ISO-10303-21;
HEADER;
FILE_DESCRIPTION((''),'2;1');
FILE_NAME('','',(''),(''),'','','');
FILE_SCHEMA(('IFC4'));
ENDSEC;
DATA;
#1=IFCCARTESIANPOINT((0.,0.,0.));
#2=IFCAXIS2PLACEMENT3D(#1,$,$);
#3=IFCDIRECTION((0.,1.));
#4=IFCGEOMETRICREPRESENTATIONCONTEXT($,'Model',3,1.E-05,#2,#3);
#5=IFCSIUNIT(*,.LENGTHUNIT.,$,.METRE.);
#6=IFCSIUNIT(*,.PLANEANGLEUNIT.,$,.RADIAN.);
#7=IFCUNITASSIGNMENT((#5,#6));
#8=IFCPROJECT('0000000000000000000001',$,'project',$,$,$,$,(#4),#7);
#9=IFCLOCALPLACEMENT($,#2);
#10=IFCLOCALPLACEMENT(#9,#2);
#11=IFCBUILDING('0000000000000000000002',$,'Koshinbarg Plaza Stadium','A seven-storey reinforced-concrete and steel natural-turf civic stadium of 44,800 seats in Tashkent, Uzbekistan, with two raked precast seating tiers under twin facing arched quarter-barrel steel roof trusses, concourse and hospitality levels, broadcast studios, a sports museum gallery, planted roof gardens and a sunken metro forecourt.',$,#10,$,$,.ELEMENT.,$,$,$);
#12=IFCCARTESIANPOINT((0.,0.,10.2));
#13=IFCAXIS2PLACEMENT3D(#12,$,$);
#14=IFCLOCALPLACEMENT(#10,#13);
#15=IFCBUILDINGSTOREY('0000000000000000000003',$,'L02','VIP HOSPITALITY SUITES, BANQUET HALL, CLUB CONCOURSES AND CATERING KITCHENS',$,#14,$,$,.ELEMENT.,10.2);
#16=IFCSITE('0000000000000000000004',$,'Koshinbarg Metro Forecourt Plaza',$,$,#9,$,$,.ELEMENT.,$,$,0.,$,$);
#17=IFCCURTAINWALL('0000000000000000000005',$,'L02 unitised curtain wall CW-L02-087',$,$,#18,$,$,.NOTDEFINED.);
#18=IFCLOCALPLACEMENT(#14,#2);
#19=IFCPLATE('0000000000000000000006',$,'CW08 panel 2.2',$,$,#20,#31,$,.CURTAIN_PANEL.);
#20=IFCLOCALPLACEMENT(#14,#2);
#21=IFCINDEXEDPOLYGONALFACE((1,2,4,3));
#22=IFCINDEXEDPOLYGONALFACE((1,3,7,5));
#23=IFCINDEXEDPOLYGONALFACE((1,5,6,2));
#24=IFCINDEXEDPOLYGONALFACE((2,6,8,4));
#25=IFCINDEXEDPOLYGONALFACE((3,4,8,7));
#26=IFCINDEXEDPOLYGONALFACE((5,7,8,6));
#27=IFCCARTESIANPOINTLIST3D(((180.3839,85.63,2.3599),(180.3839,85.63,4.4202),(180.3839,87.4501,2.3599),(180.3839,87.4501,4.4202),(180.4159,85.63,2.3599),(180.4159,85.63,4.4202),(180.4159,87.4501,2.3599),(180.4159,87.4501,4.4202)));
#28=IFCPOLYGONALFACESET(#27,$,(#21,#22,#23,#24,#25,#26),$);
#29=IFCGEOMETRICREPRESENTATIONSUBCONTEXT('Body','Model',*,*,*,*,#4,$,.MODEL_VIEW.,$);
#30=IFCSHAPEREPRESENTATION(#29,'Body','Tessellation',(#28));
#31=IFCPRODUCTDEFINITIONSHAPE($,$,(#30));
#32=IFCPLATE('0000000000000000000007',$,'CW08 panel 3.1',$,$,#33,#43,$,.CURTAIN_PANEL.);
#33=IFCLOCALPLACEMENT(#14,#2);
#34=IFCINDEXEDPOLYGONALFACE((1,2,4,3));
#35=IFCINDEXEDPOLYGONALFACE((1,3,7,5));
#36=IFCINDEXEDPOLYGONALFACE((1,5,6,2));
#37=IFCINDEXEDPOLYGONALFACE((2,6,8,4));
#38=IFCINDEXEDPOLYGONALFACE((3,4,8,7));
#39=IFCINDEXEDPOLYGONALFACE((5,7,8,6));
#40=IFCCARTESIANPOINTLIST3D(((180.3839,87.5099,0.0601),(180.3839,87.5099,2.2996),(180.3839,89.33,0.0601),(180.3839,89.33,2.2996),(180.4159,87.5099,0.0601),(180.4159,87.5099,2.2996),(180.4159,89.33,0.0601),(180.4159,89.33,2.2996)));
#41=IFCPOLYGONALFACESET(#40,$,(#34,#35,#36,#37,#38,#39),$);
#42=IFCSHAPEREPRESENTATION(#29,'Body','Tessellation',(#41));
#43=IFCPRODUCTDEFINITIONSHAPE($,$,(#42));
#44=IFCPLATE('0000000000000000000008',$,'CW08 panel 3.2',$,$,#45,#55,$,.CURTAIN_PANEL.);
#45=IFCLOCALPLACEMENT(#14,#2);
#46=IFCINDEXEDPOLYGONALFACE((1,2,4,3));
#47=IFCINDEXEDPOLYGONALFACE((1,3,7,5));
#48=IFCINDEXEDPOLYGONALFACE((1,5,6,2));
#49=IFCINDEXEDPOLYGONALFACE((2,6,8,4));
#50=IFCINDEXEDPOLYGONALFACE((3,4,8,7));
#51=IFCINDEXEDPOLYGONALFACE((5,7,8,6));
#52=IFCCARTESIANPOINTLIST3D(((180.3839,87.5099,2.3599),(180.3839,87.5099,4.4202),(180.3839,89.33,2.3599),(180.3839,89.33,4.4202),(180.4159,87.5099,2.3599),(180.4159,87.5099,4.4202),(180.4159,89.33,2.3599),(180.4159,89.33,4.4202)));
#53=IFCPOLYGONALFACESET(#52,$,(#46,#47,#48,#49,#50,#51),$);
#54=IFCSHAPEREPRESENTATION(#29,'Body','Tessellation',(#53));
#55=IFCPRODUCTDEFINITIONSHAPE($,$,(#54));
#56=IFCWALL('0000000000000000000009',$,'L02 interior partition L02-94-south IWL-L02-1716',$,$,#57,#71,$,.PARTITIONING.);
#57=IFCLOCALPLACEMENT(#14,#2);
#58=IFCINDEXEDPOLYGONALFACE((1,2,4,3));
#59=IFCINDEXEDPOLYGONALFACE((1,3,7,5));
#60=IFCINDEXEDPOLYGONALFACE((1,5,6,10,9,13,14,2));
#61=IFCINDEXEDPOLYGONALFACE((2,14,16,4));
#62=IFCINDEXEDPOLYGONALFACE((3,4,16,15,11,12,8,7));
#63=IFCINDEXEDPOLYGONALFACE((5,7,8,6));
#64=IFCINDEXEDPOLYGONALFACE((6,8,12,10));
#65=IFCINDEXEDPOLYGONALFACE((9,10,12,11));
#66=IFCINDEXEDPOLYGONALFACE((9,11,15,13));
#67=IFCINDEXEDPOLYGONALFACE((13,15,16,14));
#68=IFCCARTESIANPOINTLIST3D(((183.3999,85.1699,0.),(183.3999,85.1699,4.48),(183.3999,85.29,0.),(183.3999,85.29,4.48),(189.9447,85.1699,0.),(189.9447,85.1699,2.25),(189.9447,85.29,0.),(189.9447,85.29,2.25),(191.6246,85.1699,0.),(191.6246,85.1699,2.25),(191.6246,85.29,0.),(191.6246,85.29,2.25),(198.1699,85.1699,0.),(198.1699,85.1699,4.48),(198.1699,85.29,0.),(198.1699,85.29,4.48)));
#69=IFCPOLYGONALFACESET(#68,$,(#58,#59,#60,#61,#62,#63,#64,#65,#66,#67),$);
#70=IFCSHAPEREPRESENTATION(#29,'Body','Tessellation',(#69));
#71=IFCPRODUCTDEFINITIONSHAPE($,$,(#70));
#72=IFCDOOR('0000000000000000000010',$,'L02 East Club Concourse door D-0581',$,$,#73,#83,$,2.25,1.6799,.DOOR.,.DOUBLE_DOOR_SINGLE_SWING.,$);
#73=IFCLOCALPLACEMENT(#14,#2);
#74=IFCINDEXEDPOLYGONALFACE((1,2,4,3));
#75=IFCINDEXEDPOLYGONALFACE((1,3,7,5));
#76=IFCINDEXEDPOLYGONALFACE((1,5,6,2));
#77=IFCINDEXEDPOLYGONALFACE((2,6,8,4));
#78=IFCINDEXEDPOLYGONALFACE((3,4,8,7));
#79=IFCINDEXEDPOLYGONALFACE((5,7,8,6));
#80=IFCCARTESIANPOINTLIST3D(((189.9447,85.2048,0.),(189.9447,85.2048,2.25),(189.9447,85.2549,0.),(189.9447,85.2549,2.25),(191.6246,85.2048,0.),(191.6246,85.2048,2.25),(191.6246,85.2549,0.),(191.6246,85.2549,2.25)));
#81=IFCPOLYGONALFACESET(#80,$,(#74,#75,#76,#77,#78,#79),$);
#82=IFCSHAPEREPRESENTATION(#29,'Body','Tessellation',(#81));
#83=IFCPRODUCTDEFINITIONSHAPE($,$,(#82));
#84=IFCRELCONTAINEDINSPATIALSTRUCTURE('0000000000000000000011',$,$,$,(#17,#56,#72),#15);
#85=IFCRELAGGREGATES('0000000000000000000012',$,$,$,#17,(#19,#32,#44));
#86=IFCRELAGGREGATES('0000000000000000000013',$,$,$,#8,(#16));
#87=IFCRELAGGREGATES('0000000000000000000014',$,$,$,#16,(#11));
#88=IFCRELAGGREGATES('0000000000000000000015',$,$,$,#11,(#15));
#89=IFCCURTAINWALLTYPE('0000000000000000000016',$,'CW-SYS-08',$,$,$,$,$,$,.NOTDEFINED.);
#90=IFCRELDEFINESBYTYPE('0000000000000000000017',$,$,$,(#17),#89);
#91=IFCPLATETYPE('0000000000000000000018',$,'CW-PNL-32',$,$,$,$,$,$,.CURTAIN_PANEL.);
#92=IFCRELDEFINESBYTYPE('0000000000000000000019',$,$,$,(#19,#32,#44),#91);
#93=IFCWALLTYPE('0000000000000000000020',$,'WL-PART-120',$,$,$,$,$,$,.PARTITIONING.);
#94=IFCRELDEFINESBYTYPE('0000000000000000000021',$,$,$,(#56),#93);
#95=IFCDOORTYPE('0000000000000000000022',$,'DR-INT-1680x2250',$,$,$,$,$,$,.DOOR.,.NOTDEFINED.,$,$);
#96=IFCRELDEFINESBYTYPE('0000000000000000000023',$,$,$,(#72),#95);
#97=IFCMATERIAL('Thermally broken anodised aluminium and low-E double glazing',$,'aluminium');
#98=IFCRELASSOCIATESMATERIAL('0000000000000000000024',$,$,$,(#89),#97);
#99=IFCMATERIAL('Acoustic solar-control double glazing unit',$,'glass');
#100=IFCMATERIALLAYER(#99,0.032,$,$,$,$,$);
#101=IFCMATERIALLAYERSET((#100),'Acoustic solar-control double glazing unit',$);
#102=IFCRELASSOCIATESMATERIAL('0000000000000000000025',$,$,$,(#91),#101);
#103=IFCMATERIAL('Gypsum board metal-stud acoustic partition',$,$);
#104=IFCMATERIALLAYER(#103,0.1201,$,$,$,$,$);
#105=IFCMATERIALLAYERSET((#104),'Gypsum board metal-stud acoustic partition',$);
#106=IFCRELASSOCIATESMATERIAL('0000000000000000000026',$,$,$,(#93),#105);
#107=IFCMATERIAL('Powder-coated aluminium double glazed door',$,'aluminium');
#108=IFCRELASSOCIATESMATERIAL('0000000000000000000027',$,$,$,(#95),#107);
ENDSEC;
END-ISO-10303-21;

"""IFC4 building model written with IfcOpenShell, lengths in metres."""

from ifc_helpers import new_model, si_unit, direction, frame, frame_2d, origin, origin_2d, place, context, subcontext, project, spatial, rectangle, extrude, material, layer, layer_set, type_object, element, fill, aggregate, save


model = new_model("IFC4")

# Units and contexts
model_context = context("Model", 3, precision=1e-05, world=origin(), true_north=direction((0.0, 1.0)))
body_context = subcontext(model_context, "Body", "Model", "MODEL_VIEW")
ifc_project = project(units=[si_unit("LENGTHUNIT", "METRE"), si_unit("PLANEANGLEUNIT", "RADIAN")], contexts=[model_context])

# Site, building, storey
site_placement = place(None, origin())
site = spatial("IfcSite", under=ifc_project, at=site_placement, Name="Koshinbarg Metro Forecourt Plaza", CompositionType="ELEMENT", RefElevation=0.0)
building_placement = place(site_placement, origin())
building = spatial("IfcBuilding", under=site, at=building_placement, Name="Koshinbarg Plaza Stadium", Description="A seven-storey reinforced-concrete and steel natural-turf civic stadium of 44,800 seats in Tashkent, Uzbekistan, with two raked precast seating tiers under twin facing arched quarter-barrel steel roof trusses, concourse and hospitality levels, broadcast studios, a sports museum gallery, planted roof gardens and a sunken metro forecourt.", CompositionType="ELEMENT")
storey_placement = place(building_placement, frame((0.0, 0.0, 10.2)))
storey = spatial("IfcBuildingStorey", under=building, at=storey_placement, Name="L02", Description="VIP HOSPITALITY SUITES, BANQUET HALL, CLUB CONCOURSES AND CATERING KITCHENS", CompositionType="ELEMENT", Elevation=10.2)

# Curtain wall
ifc_material_1 = material(Name="Thermally broken anodised aluminium and low-E double glazing", Category="aluminium")
curtain_wall_type = type_object("IfcCurtainWallType", Name="CW-SYS-08", PredefinedType="NOTDEFINED", material=ifc_material_1)
curtain_wall_placement = place(storey_placement, origin())
curtain_wall = element("IfcCurtainWall", 1, at=curtain_wall_placement, inside=storey, type_object=curtain_wall_type, Name="L02 unitised curtain wall CW-L02-087", PredefinedType="NOTDEFINED")

# Plates
ifc_material_2 = material(Name="Acoustic solar-control double glazing unit", Category="glass")
ifc_layer_1 = layer(ifc_material_2, 0.032)
ifc_layer_set_1 = layer_set([ifc_layer_1], Name="Acoustic solar-control double glazing unit")
plate_type = type_object("IfcPlateType", Name="CW-PNL-32", PredefinedType="CURTAIN_PANEL", material=ifc_layer_set_1)
plate_1_placement = place(storey_placement, frame((180.3999, 86.54, 2.3599), z_axis=(0.0, 0.0, 1.0), x_axis=(0.0, 1.0, 0.0)))
plate_1 = element("IfcPlate", 2, at=plate_1_placement, type_object=plate_type, Name="CW08 panel 2.2", PredefinedType="CURTAIN_PANEL", context=body_context, shape_type="SweptSolid", body=[
    extrude(rectangle(XDim=1.8201, YDim=0.032, at=origin_2d()), origin(), (0.0, 0.0, 1.0), 2.0603),
])
plate_2_placement = place(storey_placement, frame((180.3999, 88.4199, 0.0601), z_axis=(0.0, 0.0, 1.0), x_axis=(0.0, 1.0, 0.0)))
plate_2 = element("IfcPlate", 3, at=plate_2_placement, type_object=plate_type, Name="CW08 panel 3.1", PredefinedType="CURTAIN_PANEL", context=body_context, shape_type="SweptSolid", body=[
    extrude(rectangle(XDim=1.8201, YDim=0.032, at=origin_2d()), origin(), (0.0, 0.0, 1.0), 2.2395),
])
plate_3_placement = place(storey_placement, frame((180.3999, 88.4199, 2.3599), z_axis=(0.0, 0.0, 1.0), x_axis=(0.0, 1.0, 0.0)))
plate_3 = element("IfcPlate", 4, at=plate_3_placement, type_object=plate_type, Name="CW08 panel 3.2", PredefinedType="CURTAIN_PANEL", context=body_context, shape_type="SweptSolid", body=[
    extrude(rectangle(XDim=1.8201, YDim=0.032, at=origin_2d()), origin(), (0.0, 0.0, 1.0), 2.0603),
])
aggregate(curtain_wall, [plate_1, plate_2, plate_3])

# Wall, opening, door
ifc_material_3 = material(Name="Gypsum board metal-stud acoustic partition")
ifc_layer_2 = layer(ifc_material_3, 0.1201)
ifc_layer_set_2 = layer_set([ifc_layer_2], Name="Gypsum board metal-stud acoustic partition")
wall_type = type_object("IfcWallType", Name="WL-PART-120", PredefinedType="PARTITIONING", material=ifc_layer_set_2)
wall_placement = place(storey_placement, frame((183.3999, 85.23, 0.0), z_axis=(0.0, 0.0, 1.0), x_axis=(1.0, 0.0, 0.0)))
wall = element("IfcWall", 5, at=wall_placement, inside=storey, type_object=wall_type, Name="L02 interior partition L02-94-south IWL-L02-1716", PredefinedType="PARTITIONING", context=body_context, shape_type="SweptSolid", body=[
    extrude(rectangle(XDim=14.77, YDim=0.1201, at=frame_2d((7.385, 0.0))), origin(), (0.0, 0.0, 1.0), 4.48),
])
opening_placement = place(wall_placement, frame((6.5449, 0.0, 0.0)))
opening = element("IfcOpeningElement", 6, at=opening_placement, cuts=wall, PredefinedType="OPENING", context=body_context, shape_type="SweptSolid", body=[
    extrude(rectangle(XDim=1.6799, YDim=2.25, at=frame_2d((0.8398, 1.125))), frame((0.0, 0.0701, 0.0), z_axis=(0.0, -1.0, 0.0), x_axis=(1.0, 0.0, 0.0)), (0.0, 0.0, 1.0), 0.1401),
])
ifc_material_4 = material(Name="Powder-coated aluminium double glazed door", Category="aluminium")
door_type = type_object("IfcDoorType", Name="DR-INT-1680x2250", OperationType="NOTDEFINED", PredefinedType="DOOR", material=ifc_material_4)
door_placement = place(opening_placement, origin())
door = element("IfcDoor", 7, at=door_placement, inside=storey, type_object=door_type, Name="L02 East Club Concourse door D-0581", OperationType="DOUBLE_DOOR_SINGLE_SWING", OverallHeight=2.25, OverallWidth=1.6799, PredefinedType="DOOR", context=body_context, shape_type="SweptSolid", body=[
    extrude(rectangle(XDim=1.6799, YDim=2.25, at=frame_2d((0.8398, 1.125))), frame((0.0, 0.0249, 0.0), z_axis=(0.0, -1.0, 0.0), x_axis=(1.0, 0.0, 0.0)), (0.0, 0.0, 1.0), 0.05),
])
fill(opening, door)

save(model, "model.ifc")
